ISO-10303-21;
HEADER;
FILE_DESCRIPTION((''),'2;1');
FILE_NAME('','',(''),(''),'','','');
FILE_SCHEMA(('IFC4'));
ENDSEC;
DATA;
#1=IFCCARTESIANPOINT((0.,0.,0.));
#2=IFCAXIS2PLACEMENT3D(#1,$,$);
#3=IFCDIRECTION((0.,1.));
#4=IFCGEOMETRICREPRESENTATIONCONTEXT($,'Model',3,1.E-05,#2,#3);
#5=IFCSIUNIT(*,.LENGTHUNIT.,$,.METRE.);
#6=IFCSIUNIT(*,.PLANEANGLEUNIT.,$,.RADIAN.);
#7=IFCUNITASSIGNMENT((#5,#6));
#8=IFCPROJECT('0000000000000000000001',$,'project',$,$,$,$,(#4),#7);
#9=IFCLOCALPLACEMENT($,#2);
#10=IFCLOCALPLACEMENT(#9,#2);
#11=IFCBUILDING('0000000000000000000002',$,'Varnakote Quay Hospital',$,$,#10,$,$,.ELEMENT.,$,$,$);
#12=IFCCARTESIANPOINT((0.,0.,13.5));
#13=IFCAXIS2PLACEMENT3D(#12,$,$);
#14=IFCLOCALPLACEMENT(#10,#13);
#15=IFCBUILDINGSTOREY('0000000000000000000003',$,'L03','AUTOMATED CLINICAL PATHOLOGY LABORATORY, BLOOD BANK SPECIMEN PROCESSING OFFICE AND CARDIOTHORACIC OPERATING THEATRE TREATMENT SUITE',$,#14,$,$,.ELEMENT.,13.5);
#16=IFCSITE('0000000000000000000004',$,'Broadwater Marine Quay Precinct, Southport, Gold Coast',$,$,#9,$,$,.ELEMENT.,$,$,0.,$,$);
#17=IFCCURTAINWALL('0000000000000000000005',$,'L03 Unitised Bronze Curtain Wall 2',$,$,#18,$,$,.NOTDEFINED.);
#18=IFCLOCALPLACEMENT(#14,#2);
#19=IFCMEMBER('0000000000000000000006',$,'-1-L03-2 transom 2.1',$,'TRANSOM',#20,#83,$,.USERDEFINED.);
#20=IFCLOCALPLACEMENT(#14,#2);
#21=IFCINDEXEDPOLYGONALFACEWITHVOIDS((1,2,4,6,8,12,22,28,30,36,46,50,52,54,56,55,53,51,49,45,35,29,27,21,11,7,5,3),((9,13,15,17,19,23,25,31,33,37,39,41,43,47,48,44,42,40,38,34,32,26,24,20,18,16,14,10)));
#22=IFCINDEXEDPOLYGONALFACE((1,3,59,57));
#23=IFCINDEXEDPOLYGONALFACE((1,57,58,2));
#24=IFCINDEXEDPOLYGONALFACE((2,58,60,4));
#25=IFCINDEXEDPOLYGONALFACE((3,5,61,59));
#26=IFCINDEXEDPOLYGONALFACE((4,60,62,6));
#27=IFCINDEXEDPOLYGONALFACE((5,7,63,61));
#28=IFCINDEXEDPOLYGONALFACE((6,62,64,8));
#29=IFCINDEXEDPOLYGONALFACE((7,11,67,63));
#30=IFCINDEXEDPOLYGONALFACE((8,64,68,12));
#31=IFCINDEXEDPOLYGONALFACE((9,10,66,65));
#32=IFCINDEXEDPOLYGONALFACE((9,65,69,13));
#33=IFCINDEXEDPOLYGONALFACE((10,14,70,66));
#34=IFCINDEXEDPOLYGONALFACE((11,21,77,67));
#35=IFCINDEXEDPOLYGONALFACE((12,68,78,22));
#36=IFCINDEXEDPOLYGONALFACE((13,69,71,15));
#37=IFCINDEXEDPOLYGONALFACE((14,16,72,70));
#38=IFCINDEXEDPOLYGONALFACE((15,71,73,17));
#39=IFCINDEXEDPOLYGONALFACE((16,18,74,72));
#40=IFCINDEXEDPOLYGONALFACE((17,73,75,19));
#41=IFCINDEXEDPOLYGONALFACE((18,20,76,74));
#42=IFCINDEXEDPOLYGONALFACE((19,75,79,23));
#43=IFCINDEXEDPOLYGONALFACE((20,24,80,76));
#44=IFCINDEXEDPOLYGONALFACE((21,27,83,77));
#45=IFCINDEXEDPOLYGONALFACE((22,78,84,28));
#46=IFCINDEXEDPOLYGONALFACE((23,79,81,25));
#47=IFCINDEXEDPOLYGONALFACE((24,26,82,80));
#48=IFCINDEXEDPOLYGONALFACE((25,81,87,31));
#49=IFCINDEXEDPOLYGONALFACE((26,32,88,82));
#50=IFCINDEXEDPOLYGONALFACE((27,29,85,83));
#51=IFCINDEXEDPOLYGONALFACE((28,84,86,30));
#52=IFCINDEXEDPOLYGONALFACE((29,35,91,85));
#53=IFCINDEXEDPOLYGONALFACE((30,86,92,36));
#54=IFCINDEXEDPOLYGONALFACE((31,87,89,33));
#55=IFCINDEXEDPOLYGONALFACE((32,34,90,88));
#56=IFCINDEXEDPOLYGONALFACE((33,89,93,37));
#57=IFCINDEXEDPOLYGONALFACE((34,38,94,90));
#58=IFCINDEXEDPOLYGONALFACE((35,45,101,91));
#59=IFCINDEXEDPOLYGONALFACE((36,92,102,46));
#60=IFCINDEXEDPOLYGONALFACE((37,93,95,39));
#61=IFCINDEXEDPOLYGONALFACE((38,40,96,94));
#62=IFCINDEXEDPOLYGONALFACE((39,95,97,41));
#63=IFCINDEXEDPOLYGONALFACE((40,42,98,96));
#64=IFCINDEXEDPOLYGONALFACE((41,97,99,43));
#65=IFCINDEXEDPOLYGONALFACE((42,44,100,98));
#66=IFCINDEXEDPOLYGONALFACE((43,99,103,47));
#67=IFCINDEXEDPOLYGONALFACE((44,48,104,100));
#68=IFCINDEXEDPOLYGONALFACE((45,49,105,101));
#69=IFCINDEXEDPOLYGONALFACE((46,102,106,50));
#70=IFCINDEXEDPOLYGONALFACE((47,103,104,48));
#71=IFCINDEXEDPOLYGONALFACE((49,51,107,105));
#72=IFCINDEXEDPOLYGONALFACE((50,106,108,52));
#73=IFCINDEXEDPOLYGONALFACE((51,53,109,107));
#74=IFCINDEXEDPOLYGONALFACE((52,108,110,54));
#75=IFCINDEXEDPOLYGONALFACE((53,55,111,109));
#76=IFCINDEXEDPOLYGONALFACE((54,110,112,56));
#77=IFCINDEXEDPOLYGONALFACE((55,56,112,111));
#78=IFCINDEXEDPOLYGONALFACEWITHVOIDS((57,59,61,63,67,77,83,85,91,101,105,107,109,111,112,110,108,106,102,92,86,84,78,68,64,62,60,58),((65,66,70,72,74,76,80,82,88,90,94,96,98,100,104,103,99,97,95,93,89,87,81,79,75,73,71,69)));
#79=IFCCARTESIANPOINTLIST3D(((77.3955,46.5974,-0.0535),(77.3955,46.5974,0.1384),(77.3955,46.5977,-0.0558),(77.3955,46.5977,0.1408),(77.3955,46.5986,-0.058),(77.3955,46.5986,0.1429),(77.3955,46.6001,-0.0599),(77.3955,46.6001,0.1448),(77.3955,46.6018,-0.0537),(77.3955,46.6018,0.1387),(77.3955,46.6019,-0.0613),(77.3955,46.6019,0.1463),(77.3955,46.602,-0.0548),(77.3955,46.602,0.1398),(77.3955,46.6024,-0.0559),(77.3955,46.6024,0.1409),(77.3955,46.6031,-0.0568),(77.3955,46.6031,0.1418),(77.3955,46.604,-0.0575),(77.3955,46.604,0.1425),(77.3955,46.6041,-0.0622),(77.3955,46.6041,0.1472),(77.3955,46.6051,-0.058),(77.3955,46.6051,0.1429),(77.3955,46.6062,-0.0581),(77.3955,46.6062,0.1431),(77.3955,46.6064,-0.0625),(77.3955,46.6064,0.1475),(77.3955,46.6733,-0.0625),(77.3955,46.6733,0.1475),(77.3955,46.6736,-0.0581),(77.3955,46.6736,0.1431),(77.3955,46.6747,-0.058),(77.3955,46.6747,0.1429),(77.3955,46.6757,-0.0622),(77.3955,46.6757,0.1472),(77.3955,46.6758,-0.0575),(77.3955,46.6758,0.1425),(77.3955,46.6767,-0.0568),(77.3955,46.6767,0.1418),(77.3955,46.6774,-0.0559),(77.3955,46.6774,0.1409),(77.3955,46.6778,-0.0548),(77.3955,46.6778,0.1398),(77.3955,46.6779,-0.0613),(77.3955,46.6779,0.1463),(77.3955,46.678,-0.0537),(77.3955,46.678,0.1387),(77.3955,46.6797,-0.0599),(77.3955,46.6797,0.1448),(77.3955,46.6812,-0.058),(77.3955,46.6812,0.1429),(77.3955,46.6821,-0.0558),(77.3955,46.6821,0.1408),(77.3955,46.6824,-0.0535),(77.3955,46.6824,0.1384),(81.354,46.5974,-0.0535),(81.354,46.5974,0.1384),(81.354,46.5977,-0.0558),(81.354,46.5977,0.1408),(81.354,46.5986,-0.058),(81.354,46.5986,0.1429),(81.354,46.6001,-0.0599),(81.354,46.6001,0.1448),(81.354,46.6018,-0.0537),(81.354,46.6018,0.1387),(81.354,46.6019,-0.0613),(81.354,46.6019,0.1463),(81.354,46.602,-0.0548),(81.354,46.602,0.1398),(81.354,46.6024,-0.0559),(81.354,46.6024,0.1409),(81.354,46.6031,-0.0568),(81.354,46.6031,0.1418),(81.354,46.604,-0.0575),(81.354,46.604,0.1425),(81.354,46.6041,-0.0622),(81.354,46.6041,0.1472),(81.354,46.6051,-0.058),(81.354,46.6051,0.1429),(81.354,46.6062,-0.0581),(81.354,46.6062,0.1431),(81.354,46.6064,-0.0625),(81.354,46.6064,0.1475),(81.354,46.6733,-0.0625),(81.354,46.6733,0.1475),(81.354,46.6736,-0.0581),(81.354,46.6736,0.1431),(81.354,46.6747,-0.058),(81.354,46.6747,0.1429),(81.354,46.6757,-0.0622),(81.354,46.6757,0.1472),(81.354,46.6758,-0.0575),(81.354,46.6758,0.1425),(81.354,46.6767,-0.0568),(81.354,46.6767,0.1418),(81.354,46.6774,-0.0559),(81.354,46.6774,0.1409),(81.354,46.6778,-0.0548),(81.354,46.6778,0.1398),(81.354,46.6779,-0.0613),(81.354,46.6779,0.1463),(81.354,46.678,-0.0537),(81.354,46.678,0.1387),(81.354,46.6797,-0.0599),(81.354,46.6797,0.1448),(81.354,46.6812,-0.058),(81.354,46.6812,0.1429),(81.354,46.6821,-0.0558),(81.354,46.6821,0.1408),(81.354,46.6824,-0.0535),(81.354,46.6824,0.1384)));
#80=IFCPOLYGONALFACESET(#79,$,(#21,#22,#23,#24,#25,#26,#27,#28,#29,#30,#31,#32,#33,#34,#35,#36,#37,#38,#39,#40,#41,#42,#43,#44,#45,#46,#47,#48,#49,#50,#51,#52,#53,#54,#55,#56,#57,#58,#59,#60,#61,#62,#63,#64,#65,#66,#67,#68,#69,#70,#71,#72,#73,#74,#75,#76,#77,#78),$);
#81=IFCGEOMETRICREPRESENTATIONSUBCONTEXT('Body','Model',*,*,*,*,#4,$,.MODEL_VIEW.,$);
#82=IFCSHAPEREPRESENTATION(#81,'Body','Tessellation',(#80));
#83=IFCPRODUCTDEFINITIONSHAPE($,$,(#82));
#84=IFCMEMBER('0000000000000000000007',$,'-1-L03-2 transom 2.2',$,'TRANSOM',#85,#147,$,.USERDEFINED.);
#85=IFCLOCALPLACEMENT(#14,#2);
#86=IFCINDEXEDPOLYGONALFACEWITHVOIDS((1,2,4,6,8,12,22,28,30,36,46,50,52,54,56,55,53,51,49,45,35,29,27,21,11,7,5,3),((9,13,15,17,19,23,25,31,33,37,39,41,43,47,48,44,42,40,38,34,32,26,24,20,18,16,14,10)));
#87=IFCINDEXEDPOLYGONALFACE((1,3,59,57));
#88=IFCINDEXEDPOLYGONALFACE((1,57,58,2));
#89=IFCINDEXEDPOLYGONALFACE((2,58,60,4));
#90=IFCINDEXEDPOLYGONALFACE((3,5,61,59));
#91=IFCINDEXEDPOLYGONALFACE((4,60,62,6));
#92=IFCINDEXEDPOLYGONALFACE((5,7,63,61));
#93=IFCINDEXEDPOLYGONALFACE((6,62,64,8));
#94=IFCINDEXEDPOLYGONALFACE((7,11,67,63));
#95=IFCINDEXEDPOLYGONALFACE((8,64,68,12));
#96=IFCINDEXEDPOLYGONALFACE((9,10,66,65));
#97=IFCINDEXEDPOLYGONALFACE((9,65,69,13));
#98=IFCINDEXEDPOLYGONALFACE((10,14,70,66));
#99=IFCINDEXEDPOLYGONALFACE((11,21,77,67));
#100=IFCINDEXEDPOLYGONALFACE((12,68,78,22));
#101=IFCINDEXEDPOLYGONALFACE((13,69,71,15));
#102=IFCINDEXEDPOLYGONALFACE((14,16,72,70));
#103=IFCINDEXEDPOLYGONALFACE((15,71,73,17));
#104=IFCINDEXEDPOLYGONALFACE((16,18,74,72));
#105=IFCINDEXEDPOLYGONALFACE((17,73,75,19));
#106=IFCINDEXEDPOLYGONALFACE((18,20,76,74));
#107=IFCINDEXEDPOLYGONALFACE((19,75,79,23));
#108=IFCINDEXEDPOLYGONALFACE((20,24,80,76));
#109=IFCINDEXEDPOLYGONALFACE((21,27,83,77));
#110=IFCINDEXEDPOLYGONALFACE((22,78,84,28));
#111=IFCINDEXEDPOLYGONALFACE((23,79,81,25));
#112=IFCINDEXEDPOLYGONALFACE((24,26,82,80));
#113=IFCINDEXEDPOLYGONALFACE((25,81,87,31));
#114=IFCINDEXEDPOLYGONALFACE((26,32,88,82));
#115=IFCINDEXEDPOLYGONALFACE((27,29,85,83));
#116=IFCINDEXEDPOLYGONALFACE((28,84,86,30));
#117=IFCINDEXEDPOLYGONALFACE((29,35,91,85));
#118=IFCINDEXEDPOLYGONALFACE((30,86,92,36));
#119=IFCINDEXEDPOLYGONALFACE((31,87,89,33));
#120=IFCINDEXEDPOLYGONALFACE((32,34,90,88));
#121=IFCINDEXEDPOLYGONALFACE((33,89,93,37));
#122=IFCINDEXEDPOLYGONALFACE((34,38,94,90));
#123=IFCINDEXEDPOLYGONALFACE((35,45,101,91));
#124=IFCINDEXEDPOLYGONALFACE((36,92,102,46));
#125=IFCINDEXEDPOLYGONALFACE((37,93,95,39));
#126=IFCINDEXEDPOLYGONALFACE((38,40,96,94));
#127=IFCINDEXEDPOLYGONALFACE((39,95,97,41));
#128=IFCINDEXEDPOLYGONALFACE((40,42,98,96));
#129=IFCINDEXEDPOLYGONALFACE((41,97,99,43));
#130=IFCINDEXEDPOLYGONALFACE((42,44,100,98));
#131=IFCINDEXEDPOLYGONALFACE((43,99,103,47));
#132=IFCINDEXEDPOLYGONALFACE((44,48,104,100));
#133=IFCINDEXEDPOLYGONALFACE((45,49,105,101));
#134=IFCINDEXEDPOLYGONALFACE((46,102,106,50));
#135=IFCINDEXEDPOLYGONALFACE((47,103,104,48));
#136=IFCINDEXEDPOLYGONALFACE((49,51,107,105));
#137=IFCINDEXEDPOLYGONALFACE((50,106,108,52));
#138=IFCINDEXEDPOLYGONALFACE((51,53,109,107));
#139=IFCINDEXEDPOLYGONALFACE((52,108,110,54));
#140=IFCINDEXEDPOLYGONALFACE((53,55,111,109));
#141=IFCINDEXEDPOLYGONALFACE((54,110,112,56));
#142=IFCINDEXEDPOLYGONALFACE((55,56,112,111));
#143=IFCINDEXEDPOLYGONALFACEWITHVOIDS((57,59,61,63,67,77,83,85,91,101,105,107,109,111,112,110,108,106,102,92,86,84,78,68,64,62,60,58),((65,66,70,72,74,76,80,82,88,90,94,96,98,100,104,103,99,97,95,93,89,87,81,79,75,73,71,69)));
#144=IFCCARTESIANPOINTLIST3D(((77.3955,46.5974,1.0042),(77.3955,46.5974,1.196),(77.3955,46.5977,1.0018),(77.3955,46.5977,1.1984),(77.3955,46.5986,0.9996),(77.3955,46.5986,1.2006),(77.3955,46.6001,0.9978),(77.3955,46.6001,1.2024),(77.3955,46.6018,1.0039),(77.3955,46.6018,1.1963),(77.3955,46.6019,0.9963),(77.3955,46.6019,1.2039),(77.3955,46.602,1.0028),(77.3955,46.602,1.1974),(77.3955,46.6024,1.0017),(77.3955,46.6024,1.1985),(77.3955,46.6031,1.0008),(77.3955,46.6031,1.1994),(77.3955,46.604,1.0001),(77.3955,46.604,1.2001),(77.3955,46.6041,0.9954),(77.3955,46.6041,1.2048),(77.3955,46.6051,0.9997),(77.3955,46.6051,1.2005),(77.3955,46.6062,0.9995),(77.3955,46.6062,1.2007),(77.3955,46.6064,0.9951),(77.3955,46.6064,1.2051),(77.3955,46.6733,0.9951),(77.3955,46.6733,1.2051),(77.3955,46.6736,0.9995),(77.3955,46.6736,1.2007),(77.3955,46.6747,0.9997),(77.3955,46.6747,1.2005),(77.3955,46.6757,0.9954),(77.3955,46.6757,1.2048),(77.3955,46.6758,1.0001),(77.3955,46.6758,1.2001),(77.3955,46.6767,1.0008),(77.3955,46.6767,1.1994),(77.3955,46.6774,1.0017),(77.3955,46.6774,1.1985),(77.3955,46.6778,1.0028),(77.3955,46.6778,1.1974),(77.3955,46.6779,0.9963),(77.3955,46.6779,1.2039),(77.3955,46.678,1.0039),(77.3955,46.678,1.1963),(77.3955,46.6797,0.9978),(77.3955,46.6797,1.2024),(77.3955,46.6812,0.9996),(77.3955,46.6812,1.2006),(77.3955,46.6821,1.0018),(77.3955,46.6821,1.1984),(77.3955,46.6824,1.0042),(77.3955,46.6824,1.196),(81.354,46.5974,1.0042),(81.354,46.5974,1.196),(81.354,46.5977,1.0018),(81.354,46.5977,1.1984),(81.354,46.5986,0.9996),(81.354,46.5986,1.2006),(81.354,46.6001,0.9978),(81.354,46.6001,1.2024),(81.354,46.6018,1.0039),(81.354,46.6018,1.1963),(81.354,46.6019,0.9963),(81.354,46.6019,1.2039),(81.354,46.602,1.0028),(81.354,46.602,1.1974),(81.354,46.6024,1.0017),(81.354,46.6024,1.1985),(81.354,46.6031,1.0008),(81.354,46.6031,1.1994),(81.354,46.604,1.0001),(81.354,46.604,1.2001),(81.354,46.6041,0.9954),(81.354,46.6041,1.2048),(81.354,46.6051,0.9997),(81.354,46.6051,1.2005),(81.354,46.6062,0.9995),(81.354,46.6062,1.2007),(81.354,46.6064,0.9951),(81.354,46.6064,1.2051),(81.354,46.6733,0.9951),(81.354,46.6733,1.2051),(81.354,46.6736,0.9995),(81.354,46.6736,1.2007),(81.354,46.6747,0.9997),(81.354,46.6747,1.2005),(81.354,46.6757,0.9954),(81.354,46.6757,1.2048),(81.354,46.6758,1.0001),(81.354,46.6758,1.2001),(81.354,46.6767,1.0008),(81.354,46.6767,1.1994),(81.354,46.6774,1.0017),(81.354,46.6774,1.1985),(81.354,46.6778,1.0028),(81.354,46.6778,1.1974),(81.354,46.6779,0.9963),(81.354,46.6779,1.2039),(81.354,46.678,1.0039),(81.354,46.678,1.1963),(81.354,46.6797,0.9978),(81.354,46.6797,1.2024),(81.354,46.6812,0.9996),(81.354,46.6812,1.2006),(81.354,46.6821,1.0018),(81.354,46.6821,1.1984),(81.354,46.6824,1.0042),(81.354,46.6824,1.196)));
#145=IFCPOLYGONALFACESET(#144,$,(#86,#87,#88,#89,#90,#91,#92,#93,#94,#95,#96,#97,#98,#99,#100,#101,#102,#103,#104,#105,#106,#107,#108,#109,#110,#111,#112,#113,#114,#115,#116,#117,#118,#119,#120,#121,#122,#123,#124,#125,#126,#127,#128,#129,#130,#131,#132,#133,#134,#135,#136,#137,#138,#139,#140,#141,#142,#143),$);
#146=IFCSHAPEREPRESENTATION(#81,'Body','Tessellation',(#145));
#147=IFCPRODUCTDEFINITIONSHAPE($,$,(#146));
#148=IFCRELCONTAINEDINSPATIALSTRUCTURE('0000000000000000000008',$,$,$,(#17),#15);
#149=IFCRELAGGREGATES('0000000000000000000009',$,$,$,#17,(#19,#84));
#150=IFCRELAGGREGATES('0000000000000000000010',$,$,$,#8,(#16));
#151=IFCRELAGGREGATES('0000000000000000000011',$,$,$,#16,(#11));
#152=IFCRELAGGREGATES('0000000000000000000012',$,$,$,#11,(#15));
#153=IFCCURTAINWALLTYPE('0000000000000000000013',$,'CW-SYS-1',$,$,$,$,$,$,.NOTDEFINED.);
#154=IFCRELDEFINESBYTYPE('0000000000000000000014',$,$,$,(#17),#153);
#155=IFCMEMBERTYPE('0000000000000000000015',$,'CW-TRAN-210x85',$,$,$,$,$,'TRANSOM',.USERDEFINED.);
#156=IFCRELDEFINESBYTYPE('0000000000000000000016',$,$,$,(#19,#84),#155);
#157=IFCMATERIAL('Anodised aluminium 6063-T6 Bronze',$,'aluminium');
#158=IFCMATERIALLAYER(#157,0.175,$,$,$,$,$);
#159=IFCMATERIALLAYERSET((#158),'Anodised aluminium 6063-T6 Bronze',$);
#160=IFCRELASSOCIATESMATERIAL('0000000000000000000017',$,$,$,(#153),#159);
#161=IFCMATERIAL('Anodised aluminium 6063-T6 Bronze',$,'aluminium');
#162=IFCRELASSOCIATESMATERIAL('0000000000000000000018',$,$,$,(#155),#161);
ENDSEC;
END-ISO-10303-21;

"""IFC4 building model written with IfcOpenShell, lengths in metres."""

from ifc_helpers import new_model, si_unit, direction, frame, origin, origin_2d, place, context, subcontext, project, spatial, hollow_rectangle, extrude, material, layer, layer_set, material_profile, profile_set, type_object, element, aggregate, save


model = new_model("IFC4")

# Units and contexts
model_context = context("Model", 3, precision=1e-05, world=origin(), true_north=direction((0.0, 1.0)))
body_context = subcontext(model_context, "Body", "Model", "MODEL_VIEW")
ifc_project = project(units=[si_unit("LENGTHUNIT", "METRE"), si_unit("PLANEANGLEUNIT", "RADIAN")], contexts=[model_context])

# Site, building, storey
site_placement = place(None, origin())
site = spatial("IfcSite", under=ifc_project, at=site_placement, Name="Broadwater Marine Quay Precinct, Southport, Gold Coast", CompositionType="ELEMENT", RefElevation=0.0)
building_placement = place(site_placement, origin())
building = spatial("IfcBuilding", under=site, at=building_placement, Name="Varnakote Quay Hospital", CompositionType="ELEMENT")
storey_placement = place(building_placement, frame((0.0, 0.0, 13.5)))
storey = spatial("IfcBuildingStorey", under=building, at=storey_placement, Name="L03", Description="AUTOMATED CLINICAL PATHOLOGY LABORATORY, BLOOD BANK SPECIMEN PROCESSING OFFICE AND CARDIOTHORACIC OPERATING THEATRE TREATMENT SUITE", CompositionType="ELEMENT", Elevation=13.5)

# Shared definitions
ifc_material_1 = material(Name="Anodised aluminium 6063-T6 Bronze", Category="aluminium")
ifc_layer_1 = layer(ifc_material_1, 0.175)
ifc_layer_set_1 = layer_set([ifc_layer_1], Name="Anodised aluminium 6063-T6 Bronze")
curtain_wall_type = type_object("IfcCurtainWallType", Name="CW-SYS-1", PredefinedType="NOTDEFINED", material=ifc_layer_set_1)

# Curtain wall, members
curtain_wall_1_placement = place(storey_placement, origin())
curtain_wall_1 = element("IfcCurtainWall", 1, at=curtain_wall_1_placement, inside=storey, type_object=curtain_wall_type, Name="L03 Unitised Bronze Curtain Wall 2", PredefinedType="NOTDEFINED")
ifc_material_2 = material(Name="Anodised aluminium 6063-T6 Bronze", Category="aluminium")
ifc_material_profile_1 = material_profile(ifc_material_2, hollow_rectangle(XDim=0.085, YDim=0.21, WallThickness=0.0044, InnerFilletRadius=0.0044, OuterFilletRadius=0.009, at=origin_2d()), Name="CW-TRAN-210x85")
ifc_profile_set_1 = profile_set([ifc_material_profile_1], Name="Anodised aluminium 6063-T6 Bronze")
member_type_1 = type_object("IfcMemberType", Name="CW-TRAN-210x85", ElementType="TRANSOM", PredefinedType="USERDEFINED", material=ifc_profile_set_1)
member_1_placement = place(storey_placement, frame((81.354, 46.6399, 0.0425), z_axis=(-1.0, 0.0, 0.0), x_axis=(0.0, -1.0, 0.0)))
member_1 = element("IfcMember", 2, at=member_1_placement, type_object=member_type_1, Name="-1-L03-2 transom 2.1", ObjectType="TRANSOM", PredefinedType="USERDEFINED", context=body_context, shape_type="SweptSolid", body=[
    extrude(hollow_rectangle(XDim=0.085, YDim=0.21, WallThickness=0.0044, InnerFilletRadius=0.0044, OuterFilletRadius=0.009, at=origin_2d()), origin(), (0.0, 0.0, 1.0), 3.9585),
])
member_2_placement = place(storey_placement, frame((81.354, 46.6399, 1.1001), z_axis=(-1.0, 0.0, 0.0), x_axis=(0.0, -1.0, 0.0)))
member_2 = element("IfcMember", 3, at=member_2_placement, type_object=member_type_1, Name="-1-L03-2 transom 2.2", ObjectType="TRANSOM", PredefinedType="USERDEFINED", context=body_context, shape_type="SweptSolid", body=[
    extrude(hollow_rectangle(XDim=0.085, YDim=0.21, WallThickness=0.0044, InnerFilletRadius=0.0044, OuterFilletRadius=0.009, at=origin_2d()), origin(), (0.0, 0.0, 1.0), 3.9585),
])

aggregate(curtain_wall_1, [member_1, member_2])

save(model, "model.ifc")
